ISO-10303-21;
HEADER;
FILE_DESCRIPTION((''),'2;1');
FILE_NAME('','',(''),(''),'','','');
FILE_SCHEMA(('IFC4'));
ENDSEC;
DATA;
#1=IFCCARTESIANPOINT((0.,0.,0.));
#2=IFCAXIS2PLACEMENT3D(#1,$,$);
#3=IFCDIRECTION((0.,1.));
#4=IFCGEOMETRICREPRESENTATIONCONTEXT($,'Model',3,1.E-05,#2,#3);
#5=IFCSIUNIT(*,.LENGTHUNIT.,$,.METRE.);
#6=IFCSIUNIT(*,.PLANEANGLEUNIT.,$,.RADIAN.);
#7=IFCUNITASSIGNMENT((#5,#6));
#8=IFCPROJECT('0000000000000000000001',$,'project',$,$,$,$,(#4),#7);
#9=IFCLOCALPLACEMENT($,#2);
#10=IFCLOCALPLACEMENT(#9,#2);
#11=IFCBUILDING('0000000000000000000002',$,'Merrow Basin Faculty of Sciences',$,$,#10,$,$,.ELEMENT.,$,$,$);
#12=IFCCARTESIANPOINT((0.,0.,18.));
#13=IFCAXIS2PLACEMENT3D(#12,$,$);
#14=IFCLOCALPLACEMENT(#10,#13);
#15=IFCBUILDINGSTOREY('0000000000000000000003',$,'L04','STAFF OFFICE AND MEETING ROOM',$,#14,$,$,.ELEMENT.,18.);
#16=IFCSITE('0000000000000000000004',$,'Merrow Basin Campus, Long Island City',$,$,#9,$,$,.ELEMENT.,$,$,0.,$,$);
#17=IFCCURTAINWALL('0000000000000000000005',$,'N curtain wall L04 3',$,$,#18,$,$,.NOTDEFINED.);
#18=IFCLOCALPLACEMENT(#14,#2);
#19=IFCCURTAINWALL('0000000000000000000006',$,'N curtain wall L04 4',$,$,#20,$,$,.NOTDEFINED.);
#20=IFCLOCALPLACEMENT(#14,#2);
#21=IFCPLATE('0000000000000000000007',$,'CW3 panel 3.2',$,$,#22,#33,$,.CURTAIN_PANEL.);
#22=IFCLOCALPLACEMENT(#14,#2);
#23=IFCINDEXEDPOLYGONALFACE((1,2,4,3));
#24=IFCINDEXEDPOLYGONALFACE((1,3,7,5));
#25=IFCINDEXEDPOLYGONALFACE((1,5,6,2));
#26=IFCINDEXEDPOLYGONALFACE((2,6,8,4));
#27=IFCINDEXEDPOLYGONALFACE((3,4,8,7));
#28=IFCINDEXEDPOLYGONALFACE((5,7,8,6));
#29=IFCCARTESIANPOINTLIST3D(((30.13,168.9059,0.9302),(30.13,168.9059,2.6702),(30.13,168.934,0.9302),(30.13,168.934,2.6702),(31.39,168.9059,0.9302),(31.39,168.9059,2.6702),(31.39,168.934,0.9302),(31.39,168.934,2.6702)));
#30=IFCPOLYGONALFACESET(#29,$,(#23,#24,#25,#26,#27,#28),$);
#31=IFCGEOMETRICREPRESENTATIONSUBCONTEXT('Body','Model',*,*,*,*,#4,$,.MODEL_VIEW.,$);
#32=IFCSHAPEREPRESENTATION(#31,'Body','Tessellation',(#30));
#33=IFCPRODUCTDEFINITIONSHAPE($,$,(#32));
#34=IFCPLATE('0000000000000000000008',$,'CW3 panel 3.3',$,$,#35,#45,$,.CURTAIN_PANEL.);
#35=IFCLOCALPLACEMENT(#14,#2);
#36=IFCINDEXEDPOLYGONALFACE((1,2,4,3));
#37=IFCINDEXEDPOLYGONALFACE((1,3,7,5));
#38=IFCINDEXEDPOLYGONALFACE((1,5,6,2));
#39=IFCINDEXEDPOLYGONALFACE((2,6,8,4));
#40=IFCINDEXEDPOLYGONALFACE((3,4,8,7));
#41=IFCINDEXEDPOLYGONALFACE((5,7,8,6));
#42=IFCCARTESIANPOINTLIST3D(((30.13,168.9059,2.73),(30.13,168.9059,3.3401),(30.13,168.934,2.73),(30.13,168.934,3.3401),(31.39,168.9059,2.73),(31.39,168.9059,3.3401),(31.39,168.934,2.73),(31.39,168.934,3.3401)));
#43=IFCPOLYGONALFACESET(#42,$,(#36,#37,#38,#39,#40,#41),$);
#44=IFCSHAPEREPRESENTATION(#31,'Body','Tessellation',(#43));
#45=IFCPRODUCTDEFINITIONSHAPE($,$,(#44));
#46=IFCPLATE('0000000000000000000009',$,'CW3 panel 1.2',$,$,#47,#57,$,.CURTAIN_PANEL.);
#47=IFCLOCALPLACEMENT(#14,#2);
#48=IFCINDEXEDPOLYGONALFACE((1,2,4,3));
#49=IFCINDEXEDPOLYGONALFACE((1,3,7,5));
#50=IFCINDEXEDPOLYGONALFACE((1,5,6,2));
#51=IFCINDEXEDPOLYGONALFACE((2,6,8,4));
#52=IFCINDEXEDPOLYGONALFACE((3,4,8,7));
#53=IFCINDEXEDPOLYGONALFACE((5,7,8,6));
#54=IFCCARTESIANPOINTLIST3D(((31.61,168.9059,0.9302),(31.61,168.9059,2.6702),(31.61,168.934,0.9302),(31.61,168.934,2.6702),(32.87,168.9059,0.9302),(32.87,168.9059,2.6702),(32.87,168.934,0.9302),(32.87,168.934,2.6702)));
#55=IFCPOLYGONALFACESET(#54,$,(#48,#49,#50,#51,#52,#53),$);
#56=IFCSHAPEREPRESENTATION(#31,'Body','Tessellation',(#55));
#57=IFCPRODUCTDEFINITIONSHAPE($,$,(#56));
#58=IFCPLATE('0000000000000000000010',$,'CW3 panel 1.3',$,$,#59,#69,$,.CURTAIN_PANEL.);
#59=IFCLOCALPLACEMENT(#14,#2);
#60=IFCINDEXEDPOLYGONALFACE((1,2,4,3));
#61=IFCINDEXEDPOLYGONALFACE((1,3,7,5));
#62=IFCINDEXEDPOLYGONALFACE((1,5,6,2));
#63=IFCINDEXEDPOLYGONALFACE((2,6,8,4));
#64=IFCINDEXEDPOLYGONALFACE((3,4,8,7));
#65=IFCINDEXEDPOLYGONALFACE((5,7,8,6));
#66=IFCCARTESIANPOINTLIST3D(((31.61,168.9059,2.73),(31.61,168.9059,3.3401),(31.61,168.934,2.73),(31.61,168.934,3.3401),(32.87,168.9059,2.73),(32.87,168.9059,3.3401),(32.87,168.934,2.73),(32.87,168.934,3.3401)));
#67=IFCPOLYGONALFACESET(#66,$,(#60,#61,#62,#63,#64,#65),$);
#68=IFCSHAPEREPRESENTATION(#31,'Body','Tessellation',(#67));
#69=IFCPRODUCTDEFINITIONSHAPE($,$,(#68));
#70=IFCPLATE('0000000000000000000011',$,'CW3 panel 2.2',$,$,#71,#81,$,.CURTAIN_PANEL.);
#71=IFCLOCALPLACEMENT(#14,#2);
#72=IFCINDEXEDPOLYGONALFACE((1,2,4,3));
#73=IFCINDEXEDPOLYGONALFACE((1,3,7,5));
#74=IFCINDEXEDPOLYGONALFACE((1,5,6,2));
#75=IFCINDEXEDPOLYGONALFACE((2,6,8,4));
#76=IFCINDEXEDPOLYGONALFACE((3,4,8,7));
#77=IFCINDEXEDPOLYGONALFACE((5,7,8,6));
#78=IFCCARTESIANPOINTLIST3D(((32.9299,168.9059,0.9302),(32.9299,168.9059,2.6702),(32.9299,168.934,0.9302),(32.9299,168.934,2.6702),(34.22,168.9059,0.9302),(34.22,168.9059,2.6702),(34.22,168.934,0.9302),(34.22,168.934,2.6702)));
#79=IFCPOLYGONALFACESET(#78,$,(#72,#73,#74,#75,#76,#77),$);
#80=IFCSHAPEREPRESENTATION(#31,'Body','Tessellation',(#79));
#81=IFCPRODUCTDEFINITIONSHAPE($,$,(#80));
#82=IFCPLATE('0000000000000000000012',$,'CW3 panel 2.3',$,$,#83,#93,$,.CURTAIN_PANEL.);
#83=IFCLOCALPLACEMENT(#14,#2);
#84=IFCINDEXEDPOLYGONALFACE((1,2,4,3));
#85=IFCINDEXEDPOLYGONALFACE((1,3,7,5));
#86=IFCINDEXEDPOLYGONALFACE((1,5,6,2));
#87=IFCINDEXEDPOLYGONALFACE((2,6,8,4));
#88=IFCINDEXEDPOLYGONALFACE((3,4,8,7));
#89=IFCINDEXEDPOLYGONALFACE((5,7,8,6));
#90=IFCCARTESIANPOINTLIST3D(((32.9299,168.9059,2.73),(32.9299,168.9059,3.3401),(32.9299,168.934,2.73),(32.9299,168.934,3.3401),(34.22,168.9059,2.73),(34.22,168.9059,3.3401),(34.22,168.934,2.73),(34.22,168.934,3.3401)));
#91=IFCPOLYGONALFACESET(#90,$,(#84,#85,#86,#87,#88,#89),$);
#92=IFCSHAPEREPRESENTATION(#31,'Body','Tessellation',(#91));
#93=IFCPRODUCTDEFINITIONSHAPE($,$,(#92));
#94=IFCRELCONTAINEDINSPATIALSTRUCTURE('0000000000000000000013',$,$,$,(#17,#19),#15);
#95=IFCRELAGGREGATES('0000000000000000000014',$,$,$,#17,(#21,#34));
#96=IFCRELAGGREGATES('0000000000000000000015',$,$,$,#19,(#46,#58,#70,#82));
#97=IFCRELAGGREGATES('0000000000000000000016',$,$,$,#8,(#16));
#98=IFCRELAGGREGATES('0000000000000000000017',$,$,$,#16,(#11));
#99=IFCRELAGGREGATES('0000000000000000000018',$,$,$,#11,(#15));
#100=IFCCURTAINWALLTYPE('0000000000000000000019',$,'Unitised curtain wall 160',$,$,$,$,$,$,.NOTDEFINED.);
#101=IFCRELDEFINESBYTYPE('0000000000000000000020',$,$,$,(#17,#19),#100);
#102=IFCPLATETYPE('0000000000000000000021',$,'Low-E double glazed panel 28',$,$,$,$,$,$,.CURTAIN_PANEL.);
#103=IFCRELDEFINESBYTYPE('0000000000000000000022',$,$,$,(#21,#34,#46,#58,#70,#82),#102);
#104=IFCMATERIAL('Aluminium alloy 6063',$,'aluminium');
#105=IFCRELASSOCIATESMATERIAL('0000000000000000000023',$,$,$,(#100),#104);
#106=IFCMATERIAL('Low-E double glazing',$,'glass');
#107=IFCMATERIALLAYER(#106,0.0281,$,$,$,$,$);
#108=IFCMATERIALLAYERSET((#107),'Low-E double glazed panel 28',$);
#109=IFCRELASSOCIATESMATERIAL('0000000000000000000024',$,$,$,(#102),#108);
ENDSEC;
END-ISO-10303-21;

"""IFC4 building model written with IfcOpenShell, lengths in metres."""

from ifc_helpers import new_model, si_unit, direction, frame, origin, origin_2d, place, context, subcontext, project, spatial, rectangle, extrude, material, layer, layer_set, type_object, element, aggregate, save


model = new_model("IFC4")

# Units and contexts
model_context = context("Model", 3, precision=1e-05, world=origin(), true_north=direction((0.0, 1.0)))
body_context = subcontext(model_context, "Body", "Model", "MODEL_VIEW")
ifc_project = project(units=[si_unit("LENGTHUNIT", "METRE"), si_unit("PLANEANGLEUNIT", "RADIAN")], contexts=[model_context])

# Site, building, storey
site_placement = place(None, origin())
site = spatial("IfcSite", under=ifc_project, at=site_placement, Name="Merrow Basin Campus, Long Island City", CompositionType="ELEMENT", RefElevation=0.0)
building_placement = place(site_placement, origin())
building = spatial("IfcBuilding", under=site, at=building_placement, Name="Merrow Basin Faculty of Sciences", CompositionType="ELEMENT")
storey_placement = place(building_placement, frame((0.0, 0.0, 18.0)))
storey = spatial("IfcBuildingStorey", under=building, at=storey_placement, Name="L04", Description="STAFF OFFICE AND MEETING ROOM", CompositionType="ELEMENT", Elevation=18.0)

# Curtain walls
ifc_material_1 = material(Name="Aluminium alloy 6063", Category="aluminium")
curtain_wall_type = type_object("IfcCurtainWallType", Name="Unitised curtain wall 160", PredefinedType="NOTDEFINED", material=ifc_material_1)
curtain_wall_1_placement = place(storey_placement, origin())
curtain_wall_1 = element("IfcCurtainWall", 1, at=curtain_wall_1_placement, inside=storey, type_object=curtain_wall_type, Name="N curtain wall L04 3", PredefinedType="NOTDEFINED")
curtain_wall_2_placement = place(storey_placement, origin())
curtain_wall_2 = element("IfcCurtainWall", 2, at=curtain_wall_2_placement, inside=storey, type_object=curtain_wall_type, Name="N curtain wall L04 4", PredefinedType="NOTDEFINED")

# Plates
ifc_material_2 = material(Name="Low-E double glazing", Category="glass")
ifc_layer_1 = layer(ifc_material_2, 0.0281)
ifc_layer_set_1 = layer_set([ifc_layer_1], Name="Low-E double glazed panel 28")
plate_type_1 = type_object("IfcPlateType", Name="Low-E double glazed panel 28", PredefinedType="CURTAIN_PANEL", material=ifc_layer_set_1)
plate_1_placement = place(storey_placement, frame((30.76, 168.9199, 0.9302), z_axis=(0.0, 0.0, 1.0), x_axis=(1.0, 0.0, 0.0)))
plate_1 = element("IfcPlate", 3, at=plate_1_placement, type_object=plate_type_1, Name="CW3 panel 3.2", PredefinedType="CURTAIN_PANEL", context=body_context, shape_type="SweptSolid", body=[
    extrude(rectangle(XDim=1.26, YDim=0.0281, at=origin_2d()), origin(), (0.0, 0.0, 1.0), 1.74),
])
plate_2_placement = place(storey_placement, frame((30.76, 168.9199, 2.73), z_axis=(0.0, 0.0, 1.0), x_axis=(1.0, 0.0, 0.0)))
plate_2 = element("IfcPlate", 4, at=plate_2_placement, type_object=plate_type_1, Name="CW3 panel 3.3", PredefinedType="CURTAIN_PANEL", context=body_context, shape_type="SweptSolid", body=[
    extrude(rectangle(XDim=1.26, YDim=0.0281, at=origin_2d()), origin(), (0.0, 0.0, 1.0), 0.6101),
])
aggregate(curtain_wall_1, [plate_1, plate_2])
plate_3_placement = place(storey_placement, frame((32.24, 168.9199, 0.9302), z_axis=(0.0, 0.0, 1.0), x_axis=(1.0, 0.0, 0.0)))
plate_3 = element("IfcPlate", 5, at=plate_3_placement, type_object=plate_type_1, Name="CW3 panel 1.2", PredefinedType="CURTAIN_PANEL", context=body_context, shape_type="SweptSolid", body=[
    extrude(rectangle(XDim=1.26, YDim=0.0281, at=origin_2d()), origin(), (0.0, 0.0, 1.0), 1.74),
])
plate_4_placement = place(storey_placement, frame((32.24, 168.9199, 2.73), z_axis=(0.0, 0.0, 1.0), x_axis=(1.0, 0.0, 0.0)))
plate_4 = element("IfcPlate", 6, at=plate_4_placement, type_object=plate_type_1, Name="CW3 panel 1.3", PredefinedType="CURTAIN_PANEL", context=body_context, shape_type="SweptSolid", body=[
    extrude(rectangle(XDim=1.26, YDim=0.0281, at=origin_2d()), origin(), (0.0, 0.0, 1.0), 0.6101),
])
plate_5_placement = place(storey_placement, frame((33.575, 168.9199, 0.9302), z_axis=(0.0, 0.0, 1.0), x_axis=(1.0, 0.0, 0.0)))
plate_5 = element("IfcPlate", 7, at=plate_5_placement, type_object=plate_type_1, Name="CW3 panel 2.2", PredefinedType="CURTAIN_PANEL", context=body_context, shape_type="SweptSolid", body=[
    extrude(rectangle(XDim=1.29, YDim=0.0281, at=origin_2d()), origin(), (0.0, 0.0, 1.0), 1.74),
])
plate_6_placement = place(storey_placement, frame((33.575, 168.9199, 2.73), z_axis=(0.0, 0.0, 1.0), x_axis=(1.0, 0.0, 0.0)))
plate_6 = element("IfcPlate", 8, at=plate_6_placement, type_object=plate_type_1, Name="CW3 panel 2.3", PredefinedType="CURTAIN_PANEL", context=body_context, shape_type="SweptSolid", body=[
    extrude(rectangle(XDim=1.29, YDim=0.0281, at=origin_2d()), origin(), (0.0, 0.0, 1.0), 0.6101),
])
aggregate(curtain_wall_2, [plate_3, plate_4, plate_5, plate_6])

save(model, "model.ifc")
